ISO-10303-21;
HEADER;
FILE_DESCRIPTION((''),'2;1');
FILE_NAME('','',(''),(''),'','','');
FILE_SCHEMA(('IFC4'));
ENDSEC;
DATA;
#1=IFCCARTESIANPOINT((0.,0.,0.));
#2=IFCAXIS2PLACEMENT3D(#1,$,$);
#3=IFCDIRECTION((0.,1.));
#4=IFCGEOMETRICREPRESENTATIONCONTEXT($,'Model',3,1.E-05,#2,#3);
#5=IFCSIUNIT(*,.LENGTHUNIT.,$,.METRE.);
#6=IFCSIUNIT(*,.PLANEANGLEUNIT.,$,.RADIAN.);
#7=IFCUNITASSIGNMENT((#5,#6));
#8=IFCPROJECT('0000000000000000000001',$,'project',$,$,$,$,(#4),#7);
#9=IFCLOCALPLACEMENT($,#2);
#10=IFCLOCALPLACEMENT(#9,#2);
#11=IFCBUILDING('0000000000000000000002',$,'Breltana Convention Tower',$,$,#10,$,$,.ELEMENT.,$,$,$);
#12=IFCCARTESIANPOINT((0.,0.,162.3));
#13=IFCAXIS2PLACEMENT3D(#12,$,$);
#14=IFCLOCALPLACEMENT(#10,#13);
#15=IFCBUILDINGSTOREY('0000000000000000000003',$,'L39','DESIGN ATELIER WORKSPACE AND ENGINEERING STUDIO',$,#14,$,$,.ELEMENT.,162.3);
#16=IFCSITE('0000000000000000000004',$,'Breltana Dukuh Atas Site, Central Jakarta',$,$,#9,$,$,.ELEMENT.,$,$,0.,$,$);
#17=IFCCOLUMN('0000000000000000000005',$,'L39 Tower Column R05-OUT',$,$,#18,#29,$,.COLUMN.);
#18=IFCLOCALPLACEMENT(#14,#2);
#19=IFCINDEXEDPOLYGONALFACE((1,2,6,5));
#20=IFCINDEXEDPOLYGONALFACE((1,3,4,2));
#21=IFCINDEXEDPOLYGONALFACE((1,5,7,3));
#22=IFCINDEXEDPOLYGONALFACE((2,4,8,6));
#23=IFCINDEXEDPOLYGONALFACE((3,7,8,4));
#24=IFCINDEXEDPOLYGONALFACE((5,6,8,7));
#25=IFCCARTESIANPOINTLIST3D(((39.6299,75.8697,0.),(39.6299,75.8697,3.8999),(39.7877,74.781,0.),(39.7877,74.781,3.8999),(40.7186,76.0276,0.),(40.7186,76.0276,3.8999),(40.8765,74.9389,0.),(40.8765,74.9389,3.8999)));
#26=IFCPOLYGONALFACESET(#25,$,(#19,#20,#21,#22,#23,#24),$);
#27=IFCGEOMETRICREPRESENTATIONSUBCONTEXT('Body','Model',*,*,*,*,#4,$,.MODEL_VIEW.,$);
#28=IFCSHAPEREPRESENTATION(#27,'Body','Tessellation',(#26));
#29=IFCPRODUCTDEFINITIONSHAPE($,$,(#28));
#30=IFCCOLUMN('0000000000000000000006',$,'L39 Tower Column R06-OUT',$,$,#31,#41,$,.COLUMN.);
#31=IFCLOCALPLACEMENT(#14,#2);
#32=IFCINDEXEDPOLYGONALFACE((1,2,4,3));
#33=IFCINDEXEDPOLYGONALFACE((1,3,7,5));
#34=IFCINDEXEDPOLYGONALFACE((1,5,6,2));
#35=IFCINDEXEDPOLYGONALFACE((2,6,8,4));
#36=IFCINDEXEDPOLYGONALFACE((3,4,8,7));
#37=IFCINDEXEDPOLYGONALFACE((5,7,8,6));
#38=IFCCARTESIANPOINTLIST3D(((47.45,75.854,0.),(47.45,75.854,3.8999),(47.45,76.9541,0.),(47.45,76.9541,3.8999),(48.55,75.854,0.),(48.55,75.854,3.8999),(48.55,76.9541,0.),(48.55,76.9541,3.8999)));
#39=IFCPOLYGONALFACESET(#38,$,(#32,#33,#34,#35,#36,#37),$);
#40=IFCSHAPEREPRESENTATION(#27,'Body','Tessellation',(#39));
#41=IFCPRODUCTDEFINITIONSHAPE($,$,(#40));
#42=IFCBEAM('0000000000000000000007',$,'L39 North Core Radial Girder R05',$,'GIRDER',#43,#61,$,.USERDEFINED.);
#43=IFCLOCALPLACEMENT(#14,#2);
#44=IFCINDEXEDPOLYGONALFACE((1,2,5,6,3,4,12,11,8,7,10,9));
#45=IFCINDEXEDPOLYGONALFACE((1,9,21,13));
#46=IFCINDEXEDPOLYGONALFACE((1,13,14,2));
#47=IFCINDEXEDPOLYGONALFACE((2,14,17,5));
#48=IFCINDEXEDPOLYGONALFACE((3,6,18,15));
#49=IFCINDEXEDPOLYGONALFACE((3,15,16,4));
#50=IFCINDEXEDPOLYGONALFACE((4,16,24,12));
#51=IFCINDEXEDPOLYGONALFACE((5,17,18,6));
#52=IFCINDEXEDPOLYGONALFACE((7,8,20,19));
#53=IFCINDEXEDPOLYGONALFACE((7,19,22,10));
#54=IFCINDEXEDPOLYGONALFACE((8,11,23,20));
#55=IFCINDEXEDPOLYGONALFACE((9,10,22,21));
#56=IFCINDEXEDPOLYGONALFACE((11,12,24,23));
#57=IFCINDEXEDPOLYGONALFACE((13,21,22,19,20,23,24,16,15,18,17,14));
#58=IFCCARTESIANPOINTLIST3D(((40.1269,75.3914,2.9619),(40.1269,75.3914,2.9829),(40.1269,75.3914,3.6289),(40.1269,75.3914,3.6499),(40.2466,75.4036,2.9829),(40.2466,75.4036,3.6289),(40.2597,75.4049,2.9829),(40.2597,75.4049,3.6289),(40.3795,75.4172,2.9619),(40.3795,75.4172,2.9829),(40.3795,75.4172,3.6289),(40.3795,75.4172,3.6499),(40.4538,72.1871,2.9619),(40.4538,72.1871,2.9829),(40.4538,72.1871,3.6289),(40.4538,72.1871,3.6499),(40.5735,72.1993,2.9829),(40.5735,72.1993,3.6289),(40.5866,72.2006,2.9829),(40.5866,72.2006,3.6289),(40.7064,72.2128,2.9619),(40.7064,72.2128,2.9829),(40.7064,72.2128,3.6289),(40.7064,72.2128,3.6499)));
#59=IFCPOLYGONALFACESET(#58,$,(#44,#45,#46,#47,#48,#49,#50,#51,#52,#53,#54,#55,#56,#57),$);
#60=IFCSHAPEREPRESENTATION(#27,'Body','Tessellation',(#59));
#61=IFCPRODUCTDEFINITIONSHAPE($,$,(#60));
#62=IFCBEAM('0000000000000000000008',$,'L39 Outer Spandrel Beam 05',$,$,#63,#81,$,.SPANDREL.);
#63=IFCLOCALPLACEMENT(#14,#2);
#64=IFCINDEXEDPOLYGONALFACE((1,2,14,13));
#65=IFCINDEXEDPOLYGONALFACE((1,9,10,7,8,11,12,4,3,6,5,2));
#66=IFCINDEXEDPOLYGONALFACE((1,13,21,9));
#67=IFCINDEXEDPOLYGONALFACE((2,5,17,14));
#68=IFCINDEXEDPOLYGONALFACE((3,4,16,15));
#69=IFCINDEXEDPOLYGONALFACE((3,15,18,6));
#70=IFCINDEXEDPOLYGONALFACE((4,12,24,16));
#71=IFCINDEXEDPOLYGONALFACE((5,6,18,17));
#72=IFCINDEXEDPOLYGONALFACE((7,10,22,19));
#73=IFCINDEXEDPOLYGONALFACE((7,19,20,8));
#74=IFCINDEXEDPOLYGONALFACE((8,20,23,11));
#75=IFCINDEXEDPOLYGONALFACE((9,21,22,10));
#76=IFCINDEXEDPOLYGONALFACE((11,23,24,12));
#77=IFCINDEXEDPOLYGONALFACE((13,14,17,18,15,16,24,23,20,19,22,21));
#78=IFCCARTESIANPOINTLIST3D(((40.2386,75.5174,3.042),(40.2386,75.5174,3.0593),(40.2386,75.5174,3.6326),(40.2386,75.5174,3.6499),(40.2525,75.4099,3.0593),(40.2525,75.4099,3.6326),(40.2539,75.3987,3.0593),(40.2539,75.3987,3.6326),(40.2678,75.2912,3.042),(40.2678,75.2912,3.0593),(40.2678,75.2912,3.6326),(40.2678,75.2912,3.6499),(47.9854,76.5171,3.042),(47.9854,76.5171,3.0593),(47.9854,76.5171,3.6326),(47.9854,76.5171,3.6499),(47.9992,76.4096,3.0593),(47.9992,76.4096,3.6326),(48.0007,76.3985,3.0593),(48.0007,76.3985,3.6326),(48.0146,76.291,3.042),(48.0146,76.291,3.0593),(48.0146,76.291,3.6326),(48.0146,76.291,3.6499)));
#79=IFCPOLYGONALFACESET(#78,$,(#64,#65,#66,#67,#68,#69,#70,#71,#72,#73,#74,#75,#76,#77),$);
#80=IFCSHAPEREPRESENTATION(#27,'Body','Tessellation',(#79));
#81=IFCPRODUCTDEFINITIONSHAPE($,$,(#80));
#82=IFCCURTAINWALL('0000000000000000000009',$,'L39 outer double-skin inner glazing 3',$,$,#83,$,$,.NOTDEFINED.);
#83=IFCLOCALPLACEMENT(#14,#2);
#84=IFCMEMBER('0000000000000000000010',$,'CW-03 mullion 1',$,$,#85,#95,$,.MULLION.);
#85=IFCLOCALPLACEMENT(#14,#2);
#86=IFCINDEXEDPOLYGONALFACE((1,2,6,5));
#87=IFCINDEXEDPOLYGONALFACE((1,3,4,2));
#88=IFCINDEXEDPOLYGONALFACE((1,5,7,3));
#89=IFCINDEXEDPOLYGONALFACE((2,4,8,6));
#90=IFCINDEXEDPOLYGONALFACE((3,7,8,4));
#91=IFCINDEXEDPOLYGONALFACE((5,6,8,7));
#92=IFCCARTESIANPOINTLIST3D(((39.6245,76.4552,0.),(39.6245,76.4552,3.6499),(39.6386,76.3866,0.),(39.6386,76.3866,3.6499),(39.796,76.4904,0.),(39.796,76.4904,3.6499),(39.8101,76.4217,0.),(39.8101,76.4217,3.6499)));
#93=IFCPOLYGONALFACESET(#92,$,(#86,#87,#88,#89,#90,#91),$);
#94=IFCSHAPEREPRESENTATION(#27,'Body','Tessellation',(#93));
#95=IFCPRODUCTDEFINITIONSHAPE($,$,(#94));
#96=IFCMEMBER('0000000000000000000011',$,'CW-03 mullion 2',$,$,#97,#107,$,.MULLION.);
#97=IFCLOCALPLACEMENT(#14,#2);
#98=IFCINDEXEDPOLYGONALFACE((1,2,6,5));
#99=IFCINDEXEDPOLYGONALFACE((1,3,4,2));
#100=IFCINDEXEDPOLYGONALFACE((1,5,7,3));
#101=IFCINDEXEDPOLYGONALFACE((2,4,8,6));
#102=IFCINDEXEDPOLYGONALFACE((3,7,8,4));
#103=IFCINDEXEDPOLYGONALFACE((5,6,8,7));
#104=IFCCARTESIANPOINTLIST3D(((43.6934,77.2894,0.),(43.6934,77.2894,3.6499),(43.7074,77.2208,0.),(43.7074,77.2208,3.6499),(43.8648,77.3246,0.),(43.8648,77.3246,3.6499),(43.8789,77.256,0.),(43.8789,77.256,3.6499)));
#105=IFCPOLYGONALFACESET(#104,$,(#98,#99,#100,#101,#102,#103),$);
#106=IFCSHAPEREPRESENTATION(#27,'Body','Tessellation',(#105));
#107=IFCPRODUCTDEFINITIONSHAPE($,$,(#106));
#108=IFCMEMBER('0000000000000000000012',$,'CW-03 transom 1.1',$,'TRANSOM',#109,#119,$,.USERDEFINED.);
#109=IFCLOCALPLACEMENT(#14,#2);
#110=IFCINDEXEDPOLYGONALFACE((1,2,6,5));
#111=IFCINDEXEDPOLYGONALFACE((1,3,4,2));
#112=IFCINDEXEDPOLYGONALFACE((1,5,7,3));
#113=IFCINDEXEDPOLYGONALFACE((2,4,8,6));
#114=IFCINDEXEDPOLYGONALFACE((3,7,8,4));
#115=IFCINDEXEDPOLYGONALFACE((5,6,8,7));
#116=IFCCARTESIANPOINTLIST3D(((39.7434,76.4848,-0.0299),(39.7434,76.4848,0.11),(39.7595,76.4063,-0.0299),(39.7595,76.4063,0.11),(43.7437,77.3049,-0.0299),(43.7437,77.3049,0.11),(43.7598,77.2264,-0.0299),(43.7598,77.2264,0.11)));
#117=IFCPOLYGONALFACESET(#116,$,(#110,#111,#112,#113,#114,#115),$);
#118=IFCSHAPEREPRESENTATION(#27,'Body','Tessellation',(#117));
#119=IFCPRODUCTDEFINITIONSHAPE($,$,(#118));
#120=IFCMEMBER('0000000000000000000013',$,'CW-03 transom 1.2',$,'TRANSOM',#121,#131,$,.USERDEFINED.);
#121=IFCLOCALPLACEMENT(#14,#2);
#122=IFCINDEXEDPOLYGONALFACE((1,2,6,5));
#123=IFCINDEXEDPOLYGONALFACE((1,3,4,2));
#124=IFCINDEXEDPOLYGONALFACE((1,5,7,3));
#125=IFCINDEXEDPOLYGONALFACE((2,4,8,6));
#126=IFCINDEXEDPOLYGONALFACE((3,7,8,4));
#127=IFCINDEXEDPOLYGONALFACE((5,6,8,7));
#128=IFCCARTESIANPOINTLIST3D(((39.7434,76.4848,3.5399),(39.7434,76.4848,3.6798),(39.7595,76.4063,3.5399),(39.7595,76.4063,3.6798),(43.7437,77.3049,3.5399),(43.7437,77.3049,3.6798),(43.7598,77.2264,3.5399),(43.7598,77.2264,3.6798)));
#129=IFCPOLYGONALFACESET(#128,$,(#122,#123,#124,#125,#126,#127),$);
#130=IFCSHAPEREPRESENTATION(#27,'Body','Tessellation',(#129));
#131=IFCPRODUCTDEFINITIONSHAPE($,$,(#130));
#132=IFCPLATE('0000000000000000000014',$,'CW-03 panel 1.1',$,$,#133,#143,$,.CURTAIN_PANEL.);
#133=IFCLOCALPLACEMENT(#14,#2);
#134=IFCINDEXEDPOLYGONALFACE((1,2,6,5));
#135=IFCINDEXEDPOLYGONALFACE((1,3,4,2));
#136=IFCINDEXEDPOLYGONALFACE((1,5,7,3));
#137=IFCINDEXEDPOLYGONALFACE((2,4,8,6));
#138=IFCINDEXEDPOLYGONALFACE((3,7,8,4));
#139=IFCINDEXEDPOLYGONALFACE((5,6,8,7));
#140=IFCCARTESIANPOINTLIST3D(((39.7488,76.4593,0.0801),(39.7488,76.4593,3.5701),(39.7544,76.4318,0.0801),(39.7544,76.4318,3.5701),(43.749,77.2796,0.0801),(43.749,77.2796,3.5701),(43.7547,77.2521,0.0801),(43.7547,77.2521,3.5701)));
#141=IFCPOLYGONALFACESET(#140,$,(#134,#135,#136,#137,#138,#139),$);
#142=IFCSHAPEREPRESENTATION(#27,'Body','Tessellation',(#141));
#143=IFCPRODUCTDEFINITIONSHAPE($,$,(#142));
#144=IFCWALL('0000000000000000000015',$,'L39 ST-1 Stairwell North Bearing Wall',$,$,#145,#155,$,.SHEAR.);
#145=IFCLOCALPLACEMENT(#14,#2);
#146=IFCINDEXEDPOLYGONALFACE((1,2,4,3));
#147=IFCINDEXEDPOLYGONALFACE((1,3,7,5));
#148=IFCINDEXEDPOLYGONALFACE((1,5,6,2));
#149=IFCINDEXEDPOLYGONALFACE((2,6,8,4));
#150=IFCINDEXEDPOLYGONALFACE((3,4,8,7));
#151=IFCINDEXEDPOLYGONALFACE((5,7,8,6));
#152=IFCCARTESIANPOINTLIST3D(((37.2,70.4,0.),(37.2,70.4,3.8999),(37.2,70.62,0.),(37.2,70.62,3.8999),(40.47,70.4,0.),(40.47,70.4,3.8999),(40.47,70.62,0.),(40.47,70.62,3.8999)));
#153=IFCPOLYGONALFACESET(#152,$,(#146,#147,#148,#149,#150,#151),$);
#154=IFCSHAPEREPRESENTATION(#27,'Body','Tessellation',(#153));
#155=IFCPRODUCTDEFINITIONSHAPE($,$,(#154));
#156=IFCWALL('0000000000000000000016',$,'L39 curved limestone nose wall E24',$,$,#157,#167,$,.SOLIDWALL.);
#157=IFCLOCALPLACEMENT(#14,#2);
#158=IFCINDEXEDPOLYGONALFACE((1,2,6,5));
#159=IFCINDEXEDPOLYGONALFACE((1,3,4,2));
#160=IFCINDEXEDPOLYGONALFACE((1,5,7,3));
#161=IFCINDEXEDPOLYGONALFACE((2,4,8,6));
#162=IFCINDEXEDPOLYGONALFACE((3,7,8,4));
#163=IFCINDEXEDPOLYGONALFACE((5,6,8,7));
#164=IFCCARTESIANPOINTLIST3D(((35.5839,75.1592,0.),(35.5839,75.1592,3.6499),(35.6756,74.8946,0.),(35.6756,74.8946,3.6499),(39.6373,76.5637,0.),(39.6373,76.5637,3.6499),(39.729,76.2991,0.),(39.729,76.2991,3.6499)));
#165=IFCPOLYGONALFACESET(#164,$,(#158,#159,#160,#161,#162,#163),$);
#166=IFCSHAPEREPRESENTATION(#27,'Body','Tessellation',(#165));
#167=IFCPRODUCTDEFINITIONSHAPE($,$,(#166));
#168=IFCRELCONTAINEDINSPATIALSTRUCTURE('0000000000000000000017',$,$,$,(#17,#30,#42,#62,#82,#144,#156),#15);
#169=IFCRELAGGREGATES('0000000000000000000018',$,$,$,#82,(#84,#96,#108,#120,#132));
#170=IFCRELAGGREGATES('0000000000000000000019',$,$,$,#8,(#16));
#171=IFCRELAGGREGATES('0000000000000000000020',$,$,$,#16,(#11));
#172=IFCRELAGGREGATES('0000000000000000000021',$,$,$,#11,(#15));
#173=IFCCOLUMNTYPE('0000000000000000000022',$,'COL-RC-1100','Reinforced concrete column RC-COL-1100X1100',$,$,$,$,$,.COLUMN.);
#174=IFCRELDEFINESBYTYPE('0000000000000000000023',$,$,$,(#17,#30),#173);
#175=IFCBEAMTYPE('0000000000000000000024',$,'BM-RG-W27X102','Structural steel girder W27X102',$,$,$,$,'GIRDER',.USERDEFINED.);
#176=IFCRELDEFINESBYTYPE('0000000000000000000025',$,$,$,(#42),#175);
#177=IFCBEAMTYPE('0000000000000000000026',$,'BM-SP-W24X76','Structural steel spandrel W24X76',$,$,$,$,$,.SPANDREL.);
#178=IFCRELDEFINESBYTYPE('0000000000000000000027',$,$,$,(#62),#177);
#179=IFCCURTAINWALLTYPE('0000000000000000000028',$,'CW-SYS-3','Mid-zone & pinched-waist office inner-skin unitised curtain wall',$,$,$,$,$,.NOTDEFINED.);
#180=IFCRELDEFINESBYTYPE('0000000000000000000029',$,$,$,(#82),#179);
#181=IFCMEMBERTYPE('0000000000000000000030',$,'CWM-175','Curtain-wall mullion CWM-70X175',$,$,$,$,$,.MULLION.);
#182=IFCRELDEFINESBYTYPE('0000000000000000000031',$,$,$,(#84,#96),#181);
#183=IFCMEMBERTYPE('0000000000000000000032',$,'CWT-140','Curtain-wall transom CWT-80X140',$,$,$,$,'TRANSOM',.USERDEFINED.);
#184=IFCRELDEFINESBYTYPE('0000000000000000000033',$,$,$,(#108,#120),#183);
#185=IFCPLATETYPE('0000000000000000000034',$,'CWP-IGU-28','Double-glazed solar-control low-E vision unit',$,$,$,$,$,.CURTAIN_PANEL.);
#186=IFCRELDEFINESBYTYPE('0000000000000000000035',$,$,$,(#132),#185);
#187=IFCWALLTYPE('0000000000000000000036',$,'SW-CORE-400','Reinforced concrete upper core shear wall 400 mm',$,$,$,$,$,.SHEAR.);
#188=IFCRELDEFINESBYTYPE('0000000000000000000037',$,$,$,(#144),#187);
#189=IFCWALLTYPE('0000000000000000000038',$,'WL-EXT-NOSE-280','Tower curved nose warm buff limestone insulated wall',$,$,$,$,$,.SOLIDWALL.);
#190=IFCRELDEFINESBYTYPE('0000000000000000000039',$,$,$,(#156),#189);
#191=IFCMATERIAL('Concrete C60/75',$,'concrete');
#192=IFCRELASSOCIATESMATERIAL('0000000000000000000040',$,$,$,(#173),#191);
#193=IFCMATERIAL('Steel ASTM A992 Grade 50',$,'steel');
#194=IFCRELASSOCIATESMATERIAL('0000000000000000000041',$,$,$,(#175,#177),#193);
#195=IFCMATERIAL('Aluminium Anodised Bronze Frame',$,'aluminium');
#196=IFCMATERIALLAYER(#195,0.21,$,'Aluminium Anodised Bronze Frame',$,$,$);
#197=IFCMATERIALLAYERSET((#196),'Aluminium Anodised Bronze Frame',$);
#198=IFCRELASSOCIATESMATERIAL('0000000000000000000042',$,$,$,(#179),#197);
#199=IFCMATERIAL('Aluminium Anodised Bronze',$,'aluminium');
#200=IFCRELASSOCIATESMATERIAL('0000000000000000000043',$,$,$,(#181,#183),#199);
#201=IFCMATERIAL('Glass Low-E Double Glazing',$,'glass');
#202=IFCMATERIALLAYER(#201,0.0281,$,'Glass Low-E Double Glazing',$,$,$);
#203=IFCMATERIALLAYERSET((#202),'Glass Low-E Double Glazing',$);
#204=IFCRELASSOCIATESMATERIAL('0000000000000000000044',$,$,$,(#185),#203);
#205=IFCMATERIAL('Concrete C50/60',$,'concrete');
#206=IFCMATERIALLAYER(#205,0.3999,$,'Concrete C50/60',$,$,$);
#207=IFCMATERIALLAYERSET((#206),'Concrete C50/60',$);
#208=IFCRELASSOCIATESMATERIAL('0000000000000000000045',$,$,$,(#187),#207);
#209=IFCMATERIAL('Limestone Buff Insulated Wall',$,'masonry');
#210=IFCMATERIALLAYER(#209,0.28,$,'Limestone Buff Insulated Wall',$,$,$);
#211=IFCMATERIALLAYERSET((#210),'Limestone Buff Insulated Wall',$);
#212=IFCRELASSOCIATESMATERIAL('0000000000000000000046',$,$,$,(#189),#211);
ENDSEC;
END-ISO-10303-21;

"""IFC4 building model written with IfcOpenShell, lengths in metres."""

from ifc_helpers import new_model, si_unit, direction, frame, frame_2d, origin, origin_2d, place, context, subcontext, project, spatial, rectangle, i_section, extrude, source, transform, mapped, material, layer, layer_set, material_profile, profile_set, type_object, element, aggregate, save


model = new_model("IFC4")

# Units and contexts
model_context = context("Model", 3, precision=1e-05, world=origin(), true_north=direction((0.0, 1.0)))
body_context = subcontext(model_context, "Body", "Model", "MODEL_VIEW")
ifc_project = project(units=[si_unit("LENGTHUNIT", "METRE"), si_unit("PLANEANGLEUNIT", "RADIAN")], contexts=[model_context])

# Site, building, storey
site_placement = place(None, origin())
site = spatial("IfcSite", under=ifc_project, at=site_placement, Name="Breltana Dukuh Atas Site, Central Jakarta", CompositionType="ELEMENT", RefElevation=0.0)
building_placement = place(site_placement, origin())
building = spatial("IfcBuilding", under=site, at=building_placement, Name="Breltana Convention Tower", CompositionType="ELEMENT")
storey_placement = place(building_placement, frame((0.0, 0.0, 162.3)))
storey = spatial("IfcBuildingStorey", under=building, at=storey_placement, Name="L39", Description="DESIGN ATELIER WORKSPACE AND ENGINEERING STUDIO", CompositionType="ELEMENT", Elevation=162.3)

# Columns
ifc_material_1 = material(Name="Concrete C60/75", Category="concrete")
ifc_material_profile_1 = material_profile(ifc_material_1, rectangle(XDim=1.1001, YDim=1.1001, at=origin_2d()), Name="RC-COL-1100X1100")
ifc_profile_set_1 = profile_set([ifc_material_profile_1], Name="Concrete C60/75")
column_type = type_object("IfcColumnType", Name="COL-RC-1100", Description="Reinforced concrete column RC-COL-1100X1100", PredefinedType="COLUMN", material=ifc_profile_set_1)
shared_shape_1 = source(origin(), body_context, "Body", "SweptSolid", [
    extrude(rectangle(XDim=1.1001, YDim=1.1001, at=origin_2d()), origin(), (0.0, 0.0, 1.0), 3.8999),
])
for number, where, z_axis, x_axis, name in (
    (1, (40.2532, 75.4043, 0.0), (0.0, 0.0, 1.0), (-0.143493, 0.989651, 0.0), "L39 Tower Column R05-OUT"),
    (2, (48.0, 76.4041, 0.0), (0.0, 0.0, 1.0), (0.0, 1.0, 0.0), "L39 Tower Column R06-OUT"),
):
    element("IfcColumn", number, at=place(storey_placement, frame(where, z_axis=z_axis, x_axis=x_axis)), inside=storey, type_object=column_type, Name=name, PredefinedType="COLUMN", context=body_context, shape_type="MappedRepresentation", body=[
        mapped(shared_shape_1, transform((0.0, 0.0, 0.0), scale=1.0)),
    ])

# Beams
ifc_material_2 = material(Name="Steel ASTM A992 Grade 50", Category="steel")
ifc_material_profile_2 = material_profile(ifc_material_2, i_section(OverallWidth=0.2539, OverallDepth=0.688, WebThickness=0.0132, FlangeThickness=0.021, at=origin_2d()), Name="W27X102")
ifc_profile_set_2 = profile_set([ifc_material_profile_2], Name="Steel ASTM A992 Grade 50")
beam_type_1 = type_object("IfcBeamType", Name="BM-RG-W27X102", Description="Structural steel girder W27X102", ElementType="GIRDER", PredefinedType="USERDEFINED", material=ifc_profile_set_2)
shared_shape_2 = source(origin(), body_context, "Body", "SweptSolid", [
    extrude(i_section(OverallWidth=0.2539, OverallDepth=0.688, WebThickness=0.0132, FlangeThickness=0.021, at=origin_2d()), origin(), (0.0, 0.0, 1.0), 3.2209),
])
beam_1_placement = place(storey_placement, frame((40.5801, 72.2, 3.3059), z_axis=(-0.101492, 0.994836, 0.0), x_axis=(-0.994836, -0.101492, 0.0)))
element("IfcBeam", 3, at=beam_1_placement, inside=storey, type_object=beam_type_1, Name="L39 North Core Radial Girder R05", ObjectType="GIRDER", PredefinedType="USERDEFINED", context=body_context, shape_type="MappedRepresentation", body=[
    mapped(shared_shape_2, transform((0.0, 0.0, 0.0), scale=1.0)),
])
ifc_material_profile_3 = material_profile(ifc_material_2, i_section(OverallWidth=0.228, OverallDepth=0.6079, WebThickness=0.0112, FlangeThickness=0.0173, at=origin_2d()), Name="W24X76")
ifc_profile_set_3 = profile_set([ifc_material_profile_3], Name="Steel ASTM A992 Grade 50")
beam_type_2 = type_object("IfcBeamType", Name="BM-SP-W24X76", Description="Structural steel spandrel W24X76", PredefinedType="SPANDREL", material=ifc_profile_set_3)
shared_shape_3 = source(origin(), body_context, "Body", "SweptSolid", [
    extrude(i_section(OverallWidth=0.228, OverallDepth=0.6079, WebThickness=0.0112, FlangeThickness=0.0173, at=origin_2d()), origin(), (0.0, 0.0, 1.0), 7.811),
])
beam_2_placement = place(storey_placement, frame((40.2532, 75.4043, 3.3459), z_axis=(0.991775, 0.127992, 0.0), x_axis=(-0.127992, 0.991775, 0.0)))
element("IfcBeam", 4, at=beam_2_placement, inside=storey, type_object=beam_type_2, Name="L39 Outer Spandrel Beam 05", PredefinedType="SPANDREL", context=body_context, shape_type="MappedRepresentation", body=[
    mapped(shared_shape_3, transform((0.0, 0.0, 0.0), scale=1.0)),
])

# Curtain wall, members, plate
ifc_material_3 = material(Name="Aluminium Anodised Bronze Frame", Category="aluminium")
ifc_layer_1 = layer(ifc_material_3, 0.21, Name="Aluminium Anodised Bronze Frame")
ifc_layer_set_1 = layer_set([ifc_layer_1], Name="Aluminium Anodised Bronze Frame")
curtain_wall_type = type_object("IfcCurtainWallType", Name="CW-SYS-3", Description="Mid-zone & pinched-waist office inner-skin unitised curtain wall", PredefinedType="NOTDEFINED", material=ifc_layer_set_1)
curtain_wall_placement = place(storey_placement, origin())
curtain_wall = element("IfcCurtainWall", 5, at=curtain_wall_placement, inside=storey, type_object=curtain_wall_type, Name="L39 outer double-skin inner glazing 3", PredefinedType="NOTDEFINED")
ifc_material_4 = material(Name="Aluminium Anodised Bronze", Category="aluminium")
ifc_material_profile_4 = material_profile(ifc_material_4, rectangle(XDim=0.0701, YDim=0.175, at=origin_2d()), Name="CWM-70X175")
ifc_profile_set_4 = profile_set([ifc_material_profile_4], Name="Aluminium Anodised Bronze")
member_type_1 = type_object("IfcMemberType", Name="CWM-175", Description="Curtain-wall mullion CWM-70X175", PredefinedType="MULLION", material=ifc_profile_set_4)
shared_shape_4 = source(origin(), body_context, "Body", "SweptSolid", [
    extrude(rectangle(XDim=0.0701, YDim=0.175, at=origin_2d()), origin(), (0.0, 0.0, 1.0), 3.6499),
])
member_1_placement = place(storey_placement, frame((39.7173, 76.4385, 0.0), z_axis=(0.0, 0.0, 1.0), x_axis=(-0.200877, 0.979617, 0.0)))
member_1 = element("IfcMember", 6, at=member_1_placement, type_object=member_type_1, Name="CW-03 mullion 1", PredefinedType="MULLION", context=body_context, shape_type="MappedRepresentation", body=[
    mapped(shared_shape_4, transform((0.0, 0.0, 0.0), scale=1.0)),
])
member_2_placement = place(storey_placement, frame((43.7861, 77.2727, 0.0), z_axis=(0.0, 0.0, 1.0), x_axis=(-0.200877, 0.979617, 0.0)))
member_2 = element("IfcMember", 7, at=member_2_placement, type_object=member_type_1, Name="CW-03 mullion 2", PredefinedType="MULLION", context=body_context, shape_type="MappedRepresentation", body=[
    mapped(shared_shape_4, transform((0.0, 0.0, 0.0), scale=1.0)),
])
ifc_material_profile_5 = material_profile(ifc_material_4, rectangle(XDim=0.0801, YDim=0.1399, at=origin_2d()), Name="CWT-80X140")
ifc_profile_set_5 = profile_set([ifc_material_profile_5], Name="Aluminium Anodised Bronze")
member_type_2 = type_object("IfcMemberType", Name="CWT-140", Description="Curtain-wall transom CWT-80X140", ElementType="TRANSOM", PredefinedType="USERDEFINED", material=ifc_profile_set_5)
shared_shape_5 = source(origin(), body_context, "Body", "SweptSolid", [
    extrude(rectangle(XDim=0.0801, YDim=0.1399, at=origin_2d()), origin(), (0.0, 0.0, 1.0), 4.0835),
])
member_3_placement = place(storey_placement, frame((39.7515, 76.4456, 0.04), z_axis=(0.979627, 0.200828, 0.0), x_axis=(-0.200828, 0.979627, 0.0)))
member_3 = element("IfcMember", 8, at=member_3_placement, type_object=member_type_2, Name="CW-03 transom 1.1", ObjectType="TRANSOM", PredefinedType="USERDEFINED", context=body_context, shape_type="MappedRepresentation", body=[
    mapped(shared_shape_5, transform((0.0, 0.0, 0.0), scale=1.0)),
])
member_4_placement = place(storey_placement, frame((39.7515, 76.4456, 3.6099), z_axis=(0.979627, 0.200828, 0.0), x_axis=(-0.200828, 0.979627, 0.0)))
member_4 = element("IfcMember", 9, at=member_4_placement, type_object=member_type_2, Name="CW-03 transom 1.2", ObjectType="TRANSOM", PredefinedType="USERDEFINED", context=body_context, shape_type="MappedRepresentation", body=[
    mapped(shared_shape_5, transform((0.0, 0.0, 0.0), scale=1.0)),
])
ifc_material_5 = material(Name="Glass Low-E Double Glazing", Category="glass")
ifc_layer_2 = layer(ifc_material_5, 0.0281, Name="Glass Low-E Double Glazing")
ifc_layer_set_2 = layer_set([ifc_layer_2], Name="Glass Low-E Double Glazing")
plate_type = type_object("IfcPlateType", Name="CWP-IGU-28", Description="Double-glazed solar-control low-E vision unit", PredefinedType="CURTAIN_PANEL", material=ifc_layer_set_2)
shared_shape_6 = source(origin(), body_context, "Body", "SweptSolid", [
    extrude(rectangle(XDim=4.0835, YDim=0.0281, at=origin_2d()), origin(), (0.0, 0.0, 1.0), 3.49),
])
plate_placement = place(storey_placement, frame((41.7517, 76.8557, 0.0801), z_axis=(0.0, 0.0, 1.0), x_axis=(0.979617, 0.200877, 0.0)))
plate = element("IfcPlate", 10, at=plate_placement, type_object=plate_type, Name="CW-03 panel 1.1", PredefinedType="CURTAIN_PANEL", context=body_context, shape_type="MappedRepresentation", body=[
    mapped(shared_shape_6, transform((0.0, 0.0, 0.0), scale=1.0)),
])
aggregate(curtain_wall, [member_1, member_2, member_3, member_4, plate])

# Walls
ifc_material_6 = material(Name="Concrete C50/60", Category="concrete")
ifc_layer_3 = layer(ifc_material_6, 0.3999, Name="Concrete C50/60")
ifc_layer_set_3 = layer_set([ifc_layer_3], Name="Concrete C50/60")
wall_type_1 = type_object("IfcWallType", Name="SW-CORE-400", Description="Reinforced concrete upper core shear wall 400 mm", PredefinedType="SHEAR", material=ifc_layer_set_3)
shared_shape_7 = source(origin(), body_context, "Body", "SweptSolid", [
    extrude(rectangle(XDim=3.27, YDim=0.22, at=frame_2d((1.635, 0.0))), origin(), (0.0, 0.0, 1.0), 3.8999),
])
wall_1_placement = place(storey_placement, frame((37.2, 70.51, 0.0), z_axis=(0.0, 0.0, 1.0), x_axis=(1.0, 0.0, 0.0)))
element("IfcWall", 11, at=wall_1_placement, inside=storey, type_object=wall_type_1, Name="L39 ST-1 Stairwell North Bearing Wall", PredefinedType="SHEAR", context=body_context, shape_type="MappedRepresentation", body=[
    mapped(shared_shape_7, transform((0.0, 0.0, 0.0), scale=1.0)),
])
ifc_material_7 = material(Name="Limestone Buff Insulated Wall", Category="masonry")
ifc_layer_4 = layer(ifc_material_7, 0.28, Name="Limestone Buff Insulated Wall")
ifc_layer_set_4 = layer_set([ifc_layer_4], Name="Limestone Buff Insulated Wall")
wall_type_2 = type_object("IfcWallType", Name="WL-EXT-NOSE-280", Description="Tower curved nose warm buff limestone insulated wall", PredefinedType="SOLIDWALL", material=ifc_layer_set_4)
shared_shape_8 = source(origin(), body_context, "Body", "SweptSolid", [
    extrude(rectangle(XDim=4.2898, YDim=0.28, at=frame_2d((2.145, 0.0))), origin(), (0.0, 0.0, 1.0), 3.6499),
])
wall_2_placement = place(storey_placement, frame((35.6296, 75.0269, 0.0), z_axis=(0.0, 0.0, 1.0), x_axis=(0.944884, 0.327406, 0.0)))
element("IfcWall", 12, at=wall_2_placement, inside=storey, type_object=wall_type_2, Name="L39 curved limestone nose wall E24", PredefinedType="SOLIDWALL", context=body_context, shape_type="MappedRepresentation", body=[
    mapped(shared_shape_8, transform((0.0, 0.0, 0.0), scale=1.0)),
])

save(model, "model.ifc")
